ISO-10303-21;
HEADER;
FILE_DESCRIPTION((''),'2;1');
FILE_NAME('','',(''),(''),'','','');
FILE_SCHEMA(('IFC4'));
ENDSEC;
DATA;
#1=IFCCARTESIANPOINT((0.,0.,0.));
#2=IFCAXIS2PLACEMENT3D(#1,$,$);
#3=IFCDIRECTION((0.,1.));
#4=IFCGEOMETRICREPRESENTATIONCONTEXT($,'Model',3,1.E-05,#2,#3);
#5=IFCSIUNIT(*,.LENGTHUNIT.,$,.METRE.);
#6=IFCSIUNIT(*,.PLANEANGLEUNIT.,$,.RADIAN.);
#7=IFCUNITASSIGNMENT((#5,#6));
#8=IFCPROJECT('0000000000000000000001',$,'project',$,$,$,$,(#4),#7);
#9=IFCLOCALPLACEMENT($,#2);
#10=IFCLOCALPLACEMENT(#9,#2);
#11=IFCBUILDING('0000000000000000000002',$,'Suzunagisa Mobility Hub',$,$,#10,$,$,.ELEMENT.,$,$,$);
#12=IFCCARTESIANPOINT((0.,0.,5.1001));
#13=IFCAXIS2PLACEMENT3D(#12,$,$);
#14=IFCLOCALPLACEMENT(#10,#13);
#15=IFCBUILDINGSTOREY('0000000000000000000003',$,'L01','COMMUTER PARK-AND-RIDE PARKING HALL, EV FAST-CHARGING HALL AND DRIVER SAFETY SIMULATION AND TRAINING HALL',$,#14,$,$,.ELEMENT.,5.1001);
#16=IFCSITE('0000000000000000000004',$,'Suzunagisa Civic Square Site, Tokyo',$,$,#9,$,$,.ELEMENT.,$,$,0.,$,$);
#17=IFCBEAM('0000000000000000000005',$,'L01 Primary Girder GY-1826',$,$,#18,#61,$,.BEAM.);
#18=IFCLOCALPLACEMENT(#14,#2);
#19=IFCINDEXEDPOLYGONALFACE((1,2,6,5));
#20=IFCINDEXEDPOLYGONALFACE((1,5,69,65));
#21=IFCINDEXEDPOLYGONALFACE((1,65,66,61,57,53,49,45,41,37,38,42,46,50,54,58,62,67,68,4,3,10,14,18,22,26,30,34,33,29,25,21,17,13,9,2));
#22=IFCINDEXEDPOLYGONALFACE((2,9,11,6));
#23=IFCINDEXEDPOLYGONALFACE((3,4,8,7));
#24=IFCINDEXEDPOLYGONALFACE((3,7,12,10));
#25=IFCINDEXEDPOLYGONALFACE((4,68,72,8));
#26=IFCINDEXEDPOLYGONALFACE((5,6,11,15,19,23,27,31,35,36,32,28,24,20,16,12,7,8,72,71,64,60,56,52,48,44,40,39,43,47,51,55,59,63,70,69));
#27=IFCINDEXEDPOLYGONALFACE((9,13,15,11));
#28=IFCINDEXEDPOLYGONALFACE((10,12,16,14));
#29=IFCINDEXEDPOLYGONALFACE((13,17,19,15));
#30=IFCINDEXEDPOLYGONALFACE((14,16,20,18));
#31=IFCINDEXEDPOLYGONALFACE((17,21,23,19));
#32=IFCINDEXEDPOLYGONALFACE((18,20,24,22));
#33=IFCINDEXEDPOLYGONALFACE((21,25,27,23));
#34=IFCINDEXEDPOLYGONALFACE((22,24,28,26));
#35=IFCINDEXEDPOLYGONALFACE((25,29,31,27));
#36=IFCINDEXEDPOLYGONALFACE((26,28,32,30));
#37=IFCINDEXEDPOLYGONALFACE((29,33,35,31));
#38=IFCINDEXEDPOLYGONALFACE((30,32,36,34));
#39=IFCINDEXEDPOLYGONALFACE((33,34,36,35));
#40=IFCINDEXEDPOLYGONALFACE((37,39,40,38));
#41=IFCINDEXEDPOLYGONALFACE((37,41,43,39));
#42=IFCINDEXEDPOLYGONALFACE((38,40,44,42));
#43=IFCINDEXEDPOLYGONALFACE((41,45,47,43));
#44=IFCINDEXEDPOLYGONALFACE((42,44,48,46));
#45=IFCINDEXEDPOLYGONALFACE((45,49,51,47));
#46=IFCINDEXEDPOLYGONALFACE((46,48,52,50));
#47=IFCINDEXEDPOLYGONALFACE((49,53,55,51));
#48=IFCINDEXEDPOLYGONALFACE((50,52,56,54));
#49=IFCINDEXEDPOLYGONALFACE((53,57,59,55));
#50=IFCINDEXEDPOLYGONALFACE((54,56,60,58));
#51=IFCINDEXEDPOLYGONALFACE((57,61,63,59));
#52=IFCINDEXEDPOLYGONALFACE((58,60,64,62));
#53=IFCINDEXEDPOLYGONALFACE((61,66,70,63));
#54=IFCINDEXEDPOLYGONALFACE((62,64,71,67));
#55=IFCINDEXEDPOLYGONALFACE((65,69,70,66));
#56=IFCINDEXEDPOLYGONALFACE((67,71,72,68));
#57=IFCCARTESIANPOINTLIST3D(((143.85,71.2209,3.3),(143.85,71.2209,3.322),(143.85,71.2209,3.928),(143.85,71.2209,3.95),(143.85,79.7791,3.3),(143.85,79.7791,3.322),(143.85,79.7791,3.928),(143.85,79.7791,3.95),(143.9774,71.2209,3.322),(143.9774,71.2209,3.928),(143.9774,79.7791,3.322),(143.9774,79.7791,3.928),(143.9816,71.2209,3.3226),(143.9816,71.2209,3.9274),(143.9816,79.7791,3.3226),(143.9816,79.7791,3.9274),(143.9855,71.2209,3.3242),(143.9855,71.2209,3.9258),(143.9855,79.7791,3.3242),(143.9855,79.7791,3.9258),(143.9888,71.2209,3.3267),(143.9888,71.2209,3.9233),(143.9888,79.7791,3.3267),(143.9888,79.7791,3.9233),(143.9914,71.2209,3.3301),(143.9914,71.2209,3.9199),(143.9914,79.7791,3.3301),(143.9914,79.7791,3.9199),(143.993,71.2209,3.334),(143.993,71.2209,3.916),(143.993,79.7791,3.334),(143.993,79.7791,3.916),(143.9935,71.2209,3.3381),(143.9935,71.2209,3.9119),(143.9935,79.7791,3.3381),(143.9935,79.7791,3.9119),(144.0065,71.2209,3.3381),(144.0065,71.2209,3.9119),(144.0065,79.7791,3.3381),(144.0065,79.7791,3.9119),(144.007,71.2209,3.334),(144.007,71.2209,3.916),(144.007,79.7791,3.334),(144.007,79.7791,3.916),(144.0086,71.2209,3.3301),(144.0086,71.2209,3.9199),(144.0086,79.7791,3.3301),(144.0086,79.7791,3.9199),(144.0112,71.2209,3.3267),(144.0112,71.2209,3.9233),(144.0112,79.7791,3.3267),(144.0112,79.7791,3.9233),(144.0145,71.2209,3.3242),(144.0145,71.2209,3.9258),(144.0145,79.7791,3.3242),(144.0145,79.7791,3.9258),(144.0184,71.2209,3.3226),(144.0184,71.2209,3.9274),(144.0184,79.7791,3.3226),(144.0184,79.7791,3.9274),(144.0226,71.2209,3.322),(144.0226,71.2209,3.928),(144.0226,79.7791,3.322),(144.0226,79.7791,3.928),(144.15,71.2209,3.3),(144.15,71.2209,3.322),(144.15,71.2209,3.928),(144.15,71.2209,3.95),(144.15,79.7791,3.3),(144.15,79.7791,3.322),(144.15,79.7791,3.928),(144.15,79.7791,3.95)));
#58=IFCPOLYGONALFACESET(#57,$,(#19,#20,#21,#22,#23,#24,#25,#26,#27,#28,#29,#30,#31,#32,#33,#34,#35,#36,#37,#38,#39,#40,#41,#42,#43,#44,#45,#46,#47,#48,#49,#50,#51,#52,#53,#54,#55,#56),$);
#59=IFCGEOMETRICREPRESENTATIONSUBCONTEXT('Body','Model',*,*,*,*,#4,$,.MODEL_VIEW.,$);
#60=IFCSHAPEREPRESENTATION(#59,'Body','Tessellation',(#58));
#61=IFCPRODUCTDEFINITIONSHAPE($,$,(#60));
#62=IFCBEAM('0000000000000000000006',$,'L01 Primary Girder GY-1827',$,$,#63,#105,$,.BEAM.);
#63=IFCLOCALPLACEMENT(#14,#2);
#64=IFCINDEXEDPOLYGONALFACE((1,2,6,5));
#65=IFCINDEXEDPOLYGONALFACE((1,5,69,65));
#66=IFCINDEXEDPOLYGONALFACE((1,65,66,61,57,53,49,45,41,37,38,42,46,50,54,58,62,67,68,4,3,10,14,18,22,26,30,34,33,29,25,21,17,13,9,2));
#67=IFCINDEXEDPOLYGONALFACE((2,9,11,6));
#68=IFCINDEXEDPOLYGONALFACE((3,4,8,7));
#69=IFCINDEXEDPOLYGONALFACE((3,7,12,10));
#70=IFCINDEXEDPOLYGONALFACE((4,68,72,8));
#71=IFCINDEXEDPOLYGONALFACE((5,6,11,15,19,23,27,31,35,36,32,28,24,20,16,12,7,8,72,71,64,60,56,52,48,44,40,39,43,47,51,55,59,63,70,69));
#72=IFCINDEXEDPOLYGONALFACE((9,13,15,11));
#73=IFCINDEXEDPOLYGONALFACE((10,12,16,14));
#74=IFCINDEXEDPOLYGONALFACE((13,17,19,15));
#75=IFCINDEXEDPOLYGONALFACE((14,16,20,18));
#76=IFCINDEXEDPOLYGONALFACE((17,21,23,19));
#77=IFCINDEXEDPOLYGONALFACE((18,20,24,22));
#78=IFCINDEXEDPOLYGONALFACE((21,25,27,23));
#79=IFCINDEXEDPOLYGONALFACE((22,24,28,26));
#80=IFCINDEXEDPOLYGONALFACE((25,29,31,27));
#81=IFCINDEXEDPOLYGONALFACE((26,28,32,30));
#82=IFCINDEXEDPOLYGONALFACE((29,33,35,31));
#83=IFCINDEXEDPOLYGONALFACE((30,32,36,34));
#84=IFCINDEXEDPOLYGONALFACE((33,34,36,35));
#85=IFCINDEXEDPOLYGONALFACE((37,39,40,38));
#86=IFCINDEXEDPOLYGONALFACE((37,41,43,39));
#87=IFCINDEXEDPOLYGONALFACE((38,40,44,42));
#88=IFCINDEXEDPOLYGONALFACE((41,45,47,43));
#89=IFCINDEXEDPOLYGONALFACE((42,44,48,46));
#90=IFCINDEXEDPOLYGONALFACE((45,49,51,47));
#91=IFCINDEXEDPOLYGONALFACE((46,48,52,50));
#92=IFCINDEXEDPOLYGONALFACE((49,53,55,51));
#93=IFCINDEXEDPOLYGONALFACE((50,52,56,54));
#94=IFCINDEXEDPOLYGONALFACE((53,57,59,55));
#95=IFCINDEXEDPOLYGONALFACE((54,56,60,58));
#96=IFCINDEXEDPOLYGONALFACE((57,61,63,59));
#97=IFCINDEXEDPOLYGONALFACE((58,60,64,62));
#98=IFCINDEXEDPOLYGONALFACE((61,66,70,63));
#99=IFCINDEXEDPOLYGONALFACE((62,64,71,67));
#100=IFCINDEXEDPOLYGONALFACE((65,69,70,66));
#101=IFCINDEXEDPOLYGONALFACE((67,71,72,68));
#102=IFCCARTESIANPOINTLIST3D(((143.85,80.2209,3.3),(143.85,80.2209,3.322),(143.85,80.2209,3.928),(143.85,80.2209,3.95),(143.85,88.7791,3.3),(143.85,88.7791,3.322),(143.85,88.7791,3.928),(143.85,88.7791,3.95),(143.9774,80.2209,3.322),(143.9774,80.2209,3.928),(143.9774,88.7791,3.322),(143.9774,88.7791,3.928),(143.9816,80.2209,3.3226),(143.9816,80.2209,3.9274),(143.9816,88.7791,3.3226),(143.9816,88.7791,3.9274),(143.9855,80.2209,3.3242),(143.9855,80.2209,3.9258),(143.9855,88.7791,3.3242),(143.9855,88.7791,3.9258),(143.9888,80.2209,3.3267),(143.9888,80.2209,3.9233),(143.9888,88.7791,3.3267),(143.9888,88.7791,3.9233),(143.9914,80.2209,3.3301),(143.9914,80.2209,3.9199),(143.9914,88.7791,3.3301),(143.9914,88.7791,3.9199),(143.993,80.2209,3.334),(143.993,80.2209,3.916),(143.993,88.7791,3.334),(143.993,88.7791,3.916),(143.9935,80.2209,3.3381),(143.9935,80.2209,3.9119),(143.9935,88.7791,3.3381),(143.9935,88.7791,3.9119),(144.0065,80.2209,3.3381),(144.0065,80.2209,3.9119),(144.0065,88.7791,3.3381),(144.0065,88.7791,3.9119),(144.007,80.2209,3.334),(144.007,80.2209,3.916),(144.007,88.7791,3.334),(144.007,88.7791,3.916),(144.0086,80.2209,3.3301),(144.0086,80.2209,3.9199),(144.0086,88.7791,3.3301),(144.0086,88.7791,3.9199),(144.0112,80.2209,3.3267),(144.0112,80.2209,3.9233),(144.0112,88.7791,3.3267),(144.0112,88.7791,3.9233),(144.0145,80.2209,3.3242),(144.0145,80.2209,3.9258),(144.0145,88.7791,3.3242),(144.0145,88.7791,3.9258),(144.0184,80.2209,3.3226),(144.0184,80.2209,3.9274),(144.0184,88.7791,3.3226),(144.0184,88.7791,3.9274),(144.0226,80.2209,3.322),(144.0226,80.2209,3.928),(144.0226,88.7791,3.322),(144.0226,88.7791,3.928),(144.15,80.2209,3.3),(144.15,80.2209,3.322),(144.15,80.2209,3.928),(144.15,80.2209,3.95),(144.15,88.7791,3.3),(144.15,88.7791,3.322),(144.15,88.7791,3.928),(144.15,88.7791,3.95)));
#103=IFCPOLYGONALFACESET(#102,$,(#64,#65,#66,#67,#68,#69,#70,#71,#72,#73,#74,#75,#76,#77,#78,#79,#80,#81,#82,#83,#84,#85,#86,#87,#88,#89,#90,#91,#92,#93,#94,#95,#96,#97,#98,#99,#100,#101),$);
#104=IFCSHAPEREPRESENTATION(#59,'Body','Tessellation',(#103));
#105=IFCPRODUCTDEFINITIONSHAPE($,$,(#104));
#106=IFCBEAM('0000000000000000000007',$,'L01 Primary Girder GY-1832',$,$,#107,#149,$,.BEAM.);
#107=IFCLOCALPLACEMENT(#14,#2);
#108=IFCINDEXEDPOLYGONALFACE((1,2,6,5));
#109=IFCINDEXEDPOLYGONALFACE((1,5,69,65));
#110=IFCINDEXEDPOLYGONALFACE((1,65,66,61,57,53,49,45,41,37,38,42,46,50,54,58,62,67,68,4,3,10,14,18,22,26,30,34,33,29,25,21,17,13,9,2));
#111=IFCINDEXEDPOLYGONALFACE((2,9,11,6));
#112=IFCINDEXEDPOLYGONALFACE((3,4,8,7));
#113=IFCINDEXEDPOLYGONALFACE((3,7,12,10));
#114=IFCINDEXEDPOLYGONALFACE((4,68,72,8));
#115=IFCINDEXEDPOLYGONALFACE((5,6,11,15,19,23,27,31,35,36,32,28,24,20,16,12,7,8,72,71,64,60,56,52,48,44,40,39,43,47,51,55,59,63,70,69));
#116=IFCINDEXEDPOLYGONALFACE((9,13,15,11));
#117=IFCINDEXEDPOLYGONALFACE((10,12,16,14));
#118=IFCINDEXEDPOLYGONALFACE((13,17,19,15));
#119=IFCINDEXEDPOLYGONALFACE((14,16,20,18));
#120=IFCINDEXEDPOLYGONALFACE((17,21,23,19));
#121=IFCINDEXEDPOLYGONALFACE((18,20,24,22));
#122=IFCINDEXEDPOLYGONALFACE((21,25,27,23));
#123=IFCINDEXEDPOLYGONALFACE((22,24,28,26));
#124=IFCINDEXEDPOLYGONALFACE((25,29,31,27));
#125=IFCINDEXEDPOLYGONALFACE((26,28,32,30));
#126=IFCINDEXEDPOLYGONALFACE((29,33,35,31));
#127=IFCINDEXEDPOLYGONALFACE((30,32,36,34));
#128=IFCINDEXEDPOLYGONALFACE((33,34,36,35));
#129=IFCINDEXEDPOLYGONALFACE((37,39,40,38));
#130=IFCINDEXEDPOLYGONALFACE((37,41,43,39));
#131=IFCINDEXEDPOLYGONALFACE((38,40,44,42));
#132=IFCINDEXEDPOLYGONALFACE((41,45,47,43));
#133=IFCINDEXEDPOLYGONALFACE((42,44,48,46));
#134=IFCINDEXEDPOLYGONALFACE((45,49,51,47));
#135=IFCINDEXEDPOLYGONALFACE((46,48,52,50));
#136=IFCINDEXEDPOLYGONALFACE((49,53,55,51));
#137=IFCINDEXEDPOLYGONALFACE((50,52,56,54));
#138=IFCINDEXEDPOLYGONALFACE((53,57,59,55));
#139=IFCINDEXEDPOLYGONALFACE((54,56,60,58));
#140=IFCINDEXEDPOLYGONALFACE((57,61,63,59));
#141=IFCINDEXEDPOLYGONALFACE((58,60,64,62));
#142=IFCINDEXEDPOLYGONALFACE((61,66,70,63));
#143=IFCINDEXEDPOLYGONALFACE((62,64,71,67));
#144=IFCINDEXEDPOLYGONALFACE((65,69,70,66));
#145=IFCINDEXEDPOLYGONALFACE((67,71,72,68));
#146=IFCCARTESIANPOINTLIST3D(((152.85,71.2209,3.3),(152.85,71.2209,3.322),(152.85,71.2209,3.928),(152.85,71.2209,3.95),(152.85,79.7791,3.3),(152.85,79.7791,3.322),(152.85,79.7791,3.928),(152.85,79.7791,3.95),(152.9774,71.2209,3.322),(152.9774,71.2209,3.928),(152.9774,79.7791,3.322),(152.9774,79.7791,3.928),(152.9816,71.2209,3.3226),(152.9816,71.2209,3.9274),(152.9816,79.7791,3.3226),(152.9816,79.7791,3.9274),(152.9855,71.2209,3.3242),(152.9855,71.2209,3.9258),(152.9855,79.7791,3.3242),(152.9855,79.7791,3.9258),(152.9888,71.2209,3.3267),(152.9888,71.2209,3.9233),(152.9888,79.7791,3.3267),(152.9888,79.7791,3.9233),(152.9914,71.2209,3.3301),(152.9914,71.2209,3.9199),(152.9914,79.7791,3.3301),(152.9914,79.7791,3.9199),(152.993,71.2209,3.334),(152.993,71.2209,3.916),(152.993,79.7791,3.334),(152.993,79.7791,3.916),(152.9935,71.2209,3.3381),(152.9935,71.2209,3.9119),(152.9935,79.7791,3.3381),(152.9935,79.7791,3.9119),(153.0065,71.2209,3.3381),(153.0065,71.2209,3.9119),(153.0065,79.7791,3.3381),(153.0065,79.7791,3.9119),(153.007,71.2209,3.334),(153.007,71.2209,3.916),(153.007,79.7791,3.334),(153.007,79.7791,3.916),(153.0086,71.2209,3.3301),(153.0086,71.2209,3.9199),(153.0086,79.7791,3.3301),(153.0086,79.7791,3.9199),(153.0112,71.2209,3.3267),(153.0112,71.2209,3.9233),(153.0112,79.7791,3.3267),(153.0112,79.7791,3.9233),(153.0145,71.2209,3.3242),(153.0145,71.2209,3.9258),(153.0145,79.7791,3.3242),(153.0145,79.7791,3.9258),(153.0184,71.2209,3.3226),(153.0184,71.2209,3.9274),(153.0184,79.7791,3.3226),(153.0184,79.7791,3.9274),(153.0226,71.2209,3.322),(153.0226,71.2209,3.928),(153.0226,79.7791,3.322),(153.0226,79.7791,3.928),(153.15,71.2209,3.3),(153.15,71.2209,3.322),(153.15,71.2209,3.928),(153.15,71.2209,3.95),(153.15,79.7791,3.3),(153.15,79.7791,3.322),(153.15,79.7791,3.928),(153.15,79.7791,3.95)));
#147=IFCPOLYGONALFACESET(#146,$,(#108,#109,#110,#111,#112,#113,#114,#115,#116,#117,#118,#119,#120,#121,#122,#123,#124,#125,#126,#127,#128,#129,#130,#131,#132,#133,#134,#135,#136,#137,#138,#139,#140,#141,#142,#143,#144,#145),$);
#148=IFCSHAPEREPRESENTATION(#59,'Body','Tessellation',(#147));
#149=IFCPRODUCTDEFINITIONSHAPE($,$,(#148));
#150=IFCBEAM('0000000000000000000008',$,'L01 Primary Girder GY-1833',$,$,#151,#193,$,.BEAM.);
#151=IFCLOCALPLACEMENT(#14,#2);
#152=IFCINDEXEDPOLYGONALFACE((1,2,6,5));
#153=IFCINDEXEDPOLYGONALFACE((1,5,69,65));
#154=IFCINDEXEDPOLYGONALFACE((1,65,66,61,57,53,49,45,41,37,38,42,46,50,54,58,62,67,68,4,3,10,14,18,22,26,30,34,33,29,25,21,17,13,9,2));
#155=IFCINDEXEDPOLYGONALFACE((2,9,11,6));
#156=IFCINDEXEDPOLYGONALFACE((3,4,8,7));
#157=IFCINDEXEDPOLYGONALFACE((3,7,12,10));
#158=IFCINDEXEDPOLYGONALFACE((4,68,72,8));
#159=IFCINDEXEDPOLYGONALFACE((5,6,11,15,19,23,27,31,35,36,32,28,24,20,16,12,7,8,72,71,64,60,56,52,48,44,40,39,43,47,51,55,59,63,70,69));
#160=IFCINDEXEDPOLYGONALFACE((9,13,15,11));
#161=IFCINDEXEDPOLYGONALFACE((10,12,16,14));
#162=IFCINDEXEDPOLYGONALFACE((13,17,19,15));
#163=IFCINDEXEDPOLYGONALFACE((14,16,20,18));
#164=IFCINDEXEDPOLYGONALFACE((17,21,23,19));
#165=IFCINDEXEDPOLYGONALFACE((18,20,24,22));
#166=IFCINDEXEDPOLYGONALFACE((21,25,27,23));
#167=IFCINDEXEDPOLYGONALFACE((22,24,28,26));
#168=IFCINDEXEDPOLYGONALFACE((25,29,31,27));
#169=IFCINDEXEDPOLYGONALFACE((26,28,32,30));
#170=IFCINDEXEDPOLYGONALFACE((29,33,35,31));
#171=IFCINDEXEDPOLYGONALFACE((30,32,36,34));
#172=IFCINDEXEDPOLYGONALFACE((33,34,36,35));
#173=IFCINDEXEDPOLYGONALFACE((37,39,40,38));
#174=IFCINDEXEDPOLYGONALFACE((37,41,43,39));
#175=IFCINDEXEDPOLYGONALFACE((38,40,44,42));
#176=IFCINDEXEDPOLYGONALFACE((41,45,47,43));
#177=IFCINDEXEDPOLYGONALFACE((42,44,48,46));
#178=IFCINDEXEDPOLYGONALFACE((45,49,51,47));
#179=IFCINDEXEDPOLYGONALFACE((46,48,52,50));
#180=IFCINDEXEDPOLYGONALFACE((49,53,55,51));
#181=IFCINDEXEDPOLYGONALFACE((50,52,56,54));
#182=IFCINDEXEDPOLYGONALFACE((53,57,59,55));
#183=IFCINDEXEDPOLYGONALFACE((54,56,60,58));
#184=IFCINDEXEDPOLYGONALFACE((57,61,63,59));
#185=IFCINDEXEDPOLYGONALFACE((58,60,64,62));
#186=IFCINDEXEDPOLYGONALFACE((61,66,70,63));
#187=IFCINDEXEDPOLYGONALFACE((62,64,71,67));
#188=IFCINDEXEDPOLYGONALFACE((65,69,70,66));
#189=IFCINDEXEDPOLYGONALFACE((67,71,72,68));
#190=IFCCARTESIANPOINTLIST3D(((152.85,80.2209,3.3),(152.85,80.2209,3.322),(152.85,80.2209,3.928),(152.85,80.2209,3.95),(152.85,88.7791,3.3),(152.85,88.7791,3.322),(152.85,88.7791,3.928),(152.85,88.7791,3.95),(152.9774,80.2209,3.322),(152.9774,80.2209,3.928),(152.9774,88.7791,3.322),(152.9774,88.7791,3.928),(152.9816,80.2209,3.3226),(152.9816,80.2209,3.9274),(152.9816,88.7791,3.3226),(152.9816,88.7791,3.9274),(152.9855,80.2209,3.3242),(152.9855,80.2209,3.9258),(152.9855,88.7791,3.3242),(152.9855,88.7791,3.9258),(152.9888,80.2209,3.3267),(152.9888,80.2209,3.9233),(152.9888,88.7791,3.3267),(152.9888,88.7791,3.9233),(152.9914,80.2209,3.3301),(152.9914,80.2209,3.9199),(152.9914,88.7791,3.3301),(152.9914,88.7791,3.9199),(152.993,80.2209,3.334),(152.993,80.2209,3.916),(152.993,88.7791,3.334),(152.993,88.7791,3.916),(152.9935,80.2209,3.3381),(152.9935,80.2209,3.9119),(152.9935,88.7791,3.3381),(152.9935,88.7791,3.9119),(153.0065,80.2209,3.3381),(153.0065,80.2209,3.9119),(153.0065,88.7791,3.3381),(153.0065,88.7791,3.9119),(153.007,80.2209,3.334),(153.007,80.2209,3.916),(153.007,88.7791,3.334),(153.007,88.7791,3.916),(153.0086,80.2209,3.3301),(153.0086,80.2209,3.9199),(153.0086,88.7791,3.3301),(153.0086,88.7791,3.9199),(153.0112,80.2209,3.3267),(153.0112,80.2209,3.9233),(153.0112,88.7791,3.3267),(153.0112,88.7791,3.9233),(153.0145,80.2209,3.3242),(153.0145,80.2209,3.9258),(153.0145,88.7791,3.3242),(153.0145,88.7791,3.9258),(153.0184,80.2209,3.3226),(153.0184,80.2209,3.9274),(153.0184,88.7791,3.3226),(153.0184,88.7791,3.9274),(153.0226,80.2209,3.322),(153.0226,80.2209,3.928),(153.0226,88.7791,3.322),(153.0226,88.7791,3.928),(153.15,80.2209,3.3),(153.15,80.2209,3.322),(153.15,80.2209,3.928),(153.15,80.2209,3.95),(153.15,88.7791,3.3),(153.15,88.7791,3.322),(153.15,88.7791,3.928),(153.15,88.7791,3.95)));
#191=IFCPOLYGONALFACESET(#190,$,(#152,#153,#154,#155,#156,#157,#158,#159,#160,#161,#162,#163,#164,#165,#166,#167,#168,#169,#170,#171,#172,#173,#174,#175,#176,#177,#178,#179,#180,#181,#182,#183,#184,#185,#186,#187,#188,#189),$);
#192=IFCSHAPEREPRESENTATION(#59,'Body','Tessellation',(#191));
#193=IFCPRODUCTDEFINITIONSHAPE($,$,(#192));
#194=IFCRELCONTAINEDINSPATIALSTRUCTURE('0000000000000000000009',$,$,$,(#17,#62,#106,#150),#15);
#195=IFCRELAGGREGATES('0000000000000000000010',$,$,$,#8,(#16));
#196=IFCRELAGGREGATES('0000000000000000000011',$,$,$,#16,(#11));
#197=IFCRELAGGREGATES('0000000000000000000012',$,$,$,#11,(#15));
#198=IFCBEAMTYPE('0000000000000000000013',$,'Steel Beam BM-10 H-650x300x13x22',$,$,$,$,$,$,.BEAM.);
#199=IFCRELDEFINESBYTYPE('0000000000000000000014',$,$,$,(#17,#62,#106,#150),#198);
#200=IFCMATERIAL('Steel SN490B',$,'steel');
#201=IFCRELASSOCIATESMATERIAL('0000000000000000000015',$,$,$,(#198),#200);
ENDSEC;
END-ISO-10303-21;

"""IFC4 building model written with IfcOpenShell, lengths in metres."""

from ifc_helpers import new_model, si_unit, direction, frame, origin, origin_2d, place, context, subcontext, project, spatial, i_section, extrude, material, material_profile, profile_set, type_object, element, save


model = new_model("IFC4")

# Units and contexts
model_context = context("Model", 3, precision=1e-05, world=origin(), true_north=direction((0.0, 1.0)))
body_context = subcontext(model_context, "Body", "Model", "MODEL_VIEW")
ifc_project = project(units=[si_unit("LENGTHUNIT", "METRE"), si_unit("PLANEANGLEUNIT", "RADIAN")], contexts=[model_context])

# Site, building, storey
site_placement = place(None, origin())
site = spatial("IfcSite", under=ifc_project, at=site_placement, Name="Suzunagisa Civic Square Site, Tokyo", CompositionType="ELEMENT", RefElevation=0.0)
building_placement = place(site_placement, origin())
building = spatial("IfcBuilding", under=site, at=building_placement, Name="Suzunagisa Mobility Hub", CompositionType="ELEMENT")
storey_placement = place(building_placement, frame((0.0, 0.0, 5.1001)))
storey = spatial("IfcBuildingStorey", under=building, at=storey_placement, Name="L01", Description="COMMUTER PARK-AND-RIDE PARKING HALL, EV FAST-CHARGING HALL AND DRIVER SAFETY SIMULATION AND TRAINING HALL", CompositionType="ELEMENT", Elevation=5.1001)

# Shared definitions
ifc_material_1 = material(Name="Steel SN490B", Category="steel")

# Beams
ifc_material_profile_1 = material_profile(ifc_material_1, i_section(OverallWidth=0.3, OverallDepth=0.6499, WebThickness=0.0129, FlangeThickness=0.022, FilletRadius=0.0161, at=origin_2d()), Name="H-650x300x13x22")
ifc_profile_set_1 = profile_set([ifc_material_profile_1], Name="Steel SN490B")
beam_type_1 = type_object("IfcBeamType", Name="Steel Beam BM-10 H-650x300x13x22", PredefinedType="BEAM", material=ifc_profile_set_1)
for number, where, z_axis, x_axis, name in (
    (1, (144.0, 71.2209, 3.625), (0.0, 1.0, 0.0), (-1.0, 0.0, 0.0), "L01 Primary Girder GY-1826"),
    (2, (144.0, 80.2209, 3.625), (0.0, 1.0, 0.0), (-1.0, 0.0, 0.0), "L01 Primary Girder GY-1827"),
    (3, (153.0, 71.2209, 3.625), (0.0, 1.0, 0.0), (-1.0, 0.0, 0.0), "L01 Primary Girder GY-1832"),
    (4, (153.0, 80.2209, 3.625), (0.0, 1.0, 0.0), (-1.0, 0.0, 0.0), "L01 Primary Girder GY-1833"),
):
    element("IfcBeam", number, at=place(storey_placement, frame(where, z_axis=z_axis, x_axis=x_axis)), inside=storey, type_object=beam_type_1, Name=name, PredefinedType="BEAM", context=body_context, shape_type="SweptSolid", body=[
        extrude(i_section(OverallWidth=0.3, OverallDepth=0.6499, WebThickness=0.0129, FlangeThickness=0.022, FilletRadius=0.0161, at=origin_2d()), origin(), (0.0, 0.0, 1.0), 8.5581),
    ])

save(model, "model.ifc")
